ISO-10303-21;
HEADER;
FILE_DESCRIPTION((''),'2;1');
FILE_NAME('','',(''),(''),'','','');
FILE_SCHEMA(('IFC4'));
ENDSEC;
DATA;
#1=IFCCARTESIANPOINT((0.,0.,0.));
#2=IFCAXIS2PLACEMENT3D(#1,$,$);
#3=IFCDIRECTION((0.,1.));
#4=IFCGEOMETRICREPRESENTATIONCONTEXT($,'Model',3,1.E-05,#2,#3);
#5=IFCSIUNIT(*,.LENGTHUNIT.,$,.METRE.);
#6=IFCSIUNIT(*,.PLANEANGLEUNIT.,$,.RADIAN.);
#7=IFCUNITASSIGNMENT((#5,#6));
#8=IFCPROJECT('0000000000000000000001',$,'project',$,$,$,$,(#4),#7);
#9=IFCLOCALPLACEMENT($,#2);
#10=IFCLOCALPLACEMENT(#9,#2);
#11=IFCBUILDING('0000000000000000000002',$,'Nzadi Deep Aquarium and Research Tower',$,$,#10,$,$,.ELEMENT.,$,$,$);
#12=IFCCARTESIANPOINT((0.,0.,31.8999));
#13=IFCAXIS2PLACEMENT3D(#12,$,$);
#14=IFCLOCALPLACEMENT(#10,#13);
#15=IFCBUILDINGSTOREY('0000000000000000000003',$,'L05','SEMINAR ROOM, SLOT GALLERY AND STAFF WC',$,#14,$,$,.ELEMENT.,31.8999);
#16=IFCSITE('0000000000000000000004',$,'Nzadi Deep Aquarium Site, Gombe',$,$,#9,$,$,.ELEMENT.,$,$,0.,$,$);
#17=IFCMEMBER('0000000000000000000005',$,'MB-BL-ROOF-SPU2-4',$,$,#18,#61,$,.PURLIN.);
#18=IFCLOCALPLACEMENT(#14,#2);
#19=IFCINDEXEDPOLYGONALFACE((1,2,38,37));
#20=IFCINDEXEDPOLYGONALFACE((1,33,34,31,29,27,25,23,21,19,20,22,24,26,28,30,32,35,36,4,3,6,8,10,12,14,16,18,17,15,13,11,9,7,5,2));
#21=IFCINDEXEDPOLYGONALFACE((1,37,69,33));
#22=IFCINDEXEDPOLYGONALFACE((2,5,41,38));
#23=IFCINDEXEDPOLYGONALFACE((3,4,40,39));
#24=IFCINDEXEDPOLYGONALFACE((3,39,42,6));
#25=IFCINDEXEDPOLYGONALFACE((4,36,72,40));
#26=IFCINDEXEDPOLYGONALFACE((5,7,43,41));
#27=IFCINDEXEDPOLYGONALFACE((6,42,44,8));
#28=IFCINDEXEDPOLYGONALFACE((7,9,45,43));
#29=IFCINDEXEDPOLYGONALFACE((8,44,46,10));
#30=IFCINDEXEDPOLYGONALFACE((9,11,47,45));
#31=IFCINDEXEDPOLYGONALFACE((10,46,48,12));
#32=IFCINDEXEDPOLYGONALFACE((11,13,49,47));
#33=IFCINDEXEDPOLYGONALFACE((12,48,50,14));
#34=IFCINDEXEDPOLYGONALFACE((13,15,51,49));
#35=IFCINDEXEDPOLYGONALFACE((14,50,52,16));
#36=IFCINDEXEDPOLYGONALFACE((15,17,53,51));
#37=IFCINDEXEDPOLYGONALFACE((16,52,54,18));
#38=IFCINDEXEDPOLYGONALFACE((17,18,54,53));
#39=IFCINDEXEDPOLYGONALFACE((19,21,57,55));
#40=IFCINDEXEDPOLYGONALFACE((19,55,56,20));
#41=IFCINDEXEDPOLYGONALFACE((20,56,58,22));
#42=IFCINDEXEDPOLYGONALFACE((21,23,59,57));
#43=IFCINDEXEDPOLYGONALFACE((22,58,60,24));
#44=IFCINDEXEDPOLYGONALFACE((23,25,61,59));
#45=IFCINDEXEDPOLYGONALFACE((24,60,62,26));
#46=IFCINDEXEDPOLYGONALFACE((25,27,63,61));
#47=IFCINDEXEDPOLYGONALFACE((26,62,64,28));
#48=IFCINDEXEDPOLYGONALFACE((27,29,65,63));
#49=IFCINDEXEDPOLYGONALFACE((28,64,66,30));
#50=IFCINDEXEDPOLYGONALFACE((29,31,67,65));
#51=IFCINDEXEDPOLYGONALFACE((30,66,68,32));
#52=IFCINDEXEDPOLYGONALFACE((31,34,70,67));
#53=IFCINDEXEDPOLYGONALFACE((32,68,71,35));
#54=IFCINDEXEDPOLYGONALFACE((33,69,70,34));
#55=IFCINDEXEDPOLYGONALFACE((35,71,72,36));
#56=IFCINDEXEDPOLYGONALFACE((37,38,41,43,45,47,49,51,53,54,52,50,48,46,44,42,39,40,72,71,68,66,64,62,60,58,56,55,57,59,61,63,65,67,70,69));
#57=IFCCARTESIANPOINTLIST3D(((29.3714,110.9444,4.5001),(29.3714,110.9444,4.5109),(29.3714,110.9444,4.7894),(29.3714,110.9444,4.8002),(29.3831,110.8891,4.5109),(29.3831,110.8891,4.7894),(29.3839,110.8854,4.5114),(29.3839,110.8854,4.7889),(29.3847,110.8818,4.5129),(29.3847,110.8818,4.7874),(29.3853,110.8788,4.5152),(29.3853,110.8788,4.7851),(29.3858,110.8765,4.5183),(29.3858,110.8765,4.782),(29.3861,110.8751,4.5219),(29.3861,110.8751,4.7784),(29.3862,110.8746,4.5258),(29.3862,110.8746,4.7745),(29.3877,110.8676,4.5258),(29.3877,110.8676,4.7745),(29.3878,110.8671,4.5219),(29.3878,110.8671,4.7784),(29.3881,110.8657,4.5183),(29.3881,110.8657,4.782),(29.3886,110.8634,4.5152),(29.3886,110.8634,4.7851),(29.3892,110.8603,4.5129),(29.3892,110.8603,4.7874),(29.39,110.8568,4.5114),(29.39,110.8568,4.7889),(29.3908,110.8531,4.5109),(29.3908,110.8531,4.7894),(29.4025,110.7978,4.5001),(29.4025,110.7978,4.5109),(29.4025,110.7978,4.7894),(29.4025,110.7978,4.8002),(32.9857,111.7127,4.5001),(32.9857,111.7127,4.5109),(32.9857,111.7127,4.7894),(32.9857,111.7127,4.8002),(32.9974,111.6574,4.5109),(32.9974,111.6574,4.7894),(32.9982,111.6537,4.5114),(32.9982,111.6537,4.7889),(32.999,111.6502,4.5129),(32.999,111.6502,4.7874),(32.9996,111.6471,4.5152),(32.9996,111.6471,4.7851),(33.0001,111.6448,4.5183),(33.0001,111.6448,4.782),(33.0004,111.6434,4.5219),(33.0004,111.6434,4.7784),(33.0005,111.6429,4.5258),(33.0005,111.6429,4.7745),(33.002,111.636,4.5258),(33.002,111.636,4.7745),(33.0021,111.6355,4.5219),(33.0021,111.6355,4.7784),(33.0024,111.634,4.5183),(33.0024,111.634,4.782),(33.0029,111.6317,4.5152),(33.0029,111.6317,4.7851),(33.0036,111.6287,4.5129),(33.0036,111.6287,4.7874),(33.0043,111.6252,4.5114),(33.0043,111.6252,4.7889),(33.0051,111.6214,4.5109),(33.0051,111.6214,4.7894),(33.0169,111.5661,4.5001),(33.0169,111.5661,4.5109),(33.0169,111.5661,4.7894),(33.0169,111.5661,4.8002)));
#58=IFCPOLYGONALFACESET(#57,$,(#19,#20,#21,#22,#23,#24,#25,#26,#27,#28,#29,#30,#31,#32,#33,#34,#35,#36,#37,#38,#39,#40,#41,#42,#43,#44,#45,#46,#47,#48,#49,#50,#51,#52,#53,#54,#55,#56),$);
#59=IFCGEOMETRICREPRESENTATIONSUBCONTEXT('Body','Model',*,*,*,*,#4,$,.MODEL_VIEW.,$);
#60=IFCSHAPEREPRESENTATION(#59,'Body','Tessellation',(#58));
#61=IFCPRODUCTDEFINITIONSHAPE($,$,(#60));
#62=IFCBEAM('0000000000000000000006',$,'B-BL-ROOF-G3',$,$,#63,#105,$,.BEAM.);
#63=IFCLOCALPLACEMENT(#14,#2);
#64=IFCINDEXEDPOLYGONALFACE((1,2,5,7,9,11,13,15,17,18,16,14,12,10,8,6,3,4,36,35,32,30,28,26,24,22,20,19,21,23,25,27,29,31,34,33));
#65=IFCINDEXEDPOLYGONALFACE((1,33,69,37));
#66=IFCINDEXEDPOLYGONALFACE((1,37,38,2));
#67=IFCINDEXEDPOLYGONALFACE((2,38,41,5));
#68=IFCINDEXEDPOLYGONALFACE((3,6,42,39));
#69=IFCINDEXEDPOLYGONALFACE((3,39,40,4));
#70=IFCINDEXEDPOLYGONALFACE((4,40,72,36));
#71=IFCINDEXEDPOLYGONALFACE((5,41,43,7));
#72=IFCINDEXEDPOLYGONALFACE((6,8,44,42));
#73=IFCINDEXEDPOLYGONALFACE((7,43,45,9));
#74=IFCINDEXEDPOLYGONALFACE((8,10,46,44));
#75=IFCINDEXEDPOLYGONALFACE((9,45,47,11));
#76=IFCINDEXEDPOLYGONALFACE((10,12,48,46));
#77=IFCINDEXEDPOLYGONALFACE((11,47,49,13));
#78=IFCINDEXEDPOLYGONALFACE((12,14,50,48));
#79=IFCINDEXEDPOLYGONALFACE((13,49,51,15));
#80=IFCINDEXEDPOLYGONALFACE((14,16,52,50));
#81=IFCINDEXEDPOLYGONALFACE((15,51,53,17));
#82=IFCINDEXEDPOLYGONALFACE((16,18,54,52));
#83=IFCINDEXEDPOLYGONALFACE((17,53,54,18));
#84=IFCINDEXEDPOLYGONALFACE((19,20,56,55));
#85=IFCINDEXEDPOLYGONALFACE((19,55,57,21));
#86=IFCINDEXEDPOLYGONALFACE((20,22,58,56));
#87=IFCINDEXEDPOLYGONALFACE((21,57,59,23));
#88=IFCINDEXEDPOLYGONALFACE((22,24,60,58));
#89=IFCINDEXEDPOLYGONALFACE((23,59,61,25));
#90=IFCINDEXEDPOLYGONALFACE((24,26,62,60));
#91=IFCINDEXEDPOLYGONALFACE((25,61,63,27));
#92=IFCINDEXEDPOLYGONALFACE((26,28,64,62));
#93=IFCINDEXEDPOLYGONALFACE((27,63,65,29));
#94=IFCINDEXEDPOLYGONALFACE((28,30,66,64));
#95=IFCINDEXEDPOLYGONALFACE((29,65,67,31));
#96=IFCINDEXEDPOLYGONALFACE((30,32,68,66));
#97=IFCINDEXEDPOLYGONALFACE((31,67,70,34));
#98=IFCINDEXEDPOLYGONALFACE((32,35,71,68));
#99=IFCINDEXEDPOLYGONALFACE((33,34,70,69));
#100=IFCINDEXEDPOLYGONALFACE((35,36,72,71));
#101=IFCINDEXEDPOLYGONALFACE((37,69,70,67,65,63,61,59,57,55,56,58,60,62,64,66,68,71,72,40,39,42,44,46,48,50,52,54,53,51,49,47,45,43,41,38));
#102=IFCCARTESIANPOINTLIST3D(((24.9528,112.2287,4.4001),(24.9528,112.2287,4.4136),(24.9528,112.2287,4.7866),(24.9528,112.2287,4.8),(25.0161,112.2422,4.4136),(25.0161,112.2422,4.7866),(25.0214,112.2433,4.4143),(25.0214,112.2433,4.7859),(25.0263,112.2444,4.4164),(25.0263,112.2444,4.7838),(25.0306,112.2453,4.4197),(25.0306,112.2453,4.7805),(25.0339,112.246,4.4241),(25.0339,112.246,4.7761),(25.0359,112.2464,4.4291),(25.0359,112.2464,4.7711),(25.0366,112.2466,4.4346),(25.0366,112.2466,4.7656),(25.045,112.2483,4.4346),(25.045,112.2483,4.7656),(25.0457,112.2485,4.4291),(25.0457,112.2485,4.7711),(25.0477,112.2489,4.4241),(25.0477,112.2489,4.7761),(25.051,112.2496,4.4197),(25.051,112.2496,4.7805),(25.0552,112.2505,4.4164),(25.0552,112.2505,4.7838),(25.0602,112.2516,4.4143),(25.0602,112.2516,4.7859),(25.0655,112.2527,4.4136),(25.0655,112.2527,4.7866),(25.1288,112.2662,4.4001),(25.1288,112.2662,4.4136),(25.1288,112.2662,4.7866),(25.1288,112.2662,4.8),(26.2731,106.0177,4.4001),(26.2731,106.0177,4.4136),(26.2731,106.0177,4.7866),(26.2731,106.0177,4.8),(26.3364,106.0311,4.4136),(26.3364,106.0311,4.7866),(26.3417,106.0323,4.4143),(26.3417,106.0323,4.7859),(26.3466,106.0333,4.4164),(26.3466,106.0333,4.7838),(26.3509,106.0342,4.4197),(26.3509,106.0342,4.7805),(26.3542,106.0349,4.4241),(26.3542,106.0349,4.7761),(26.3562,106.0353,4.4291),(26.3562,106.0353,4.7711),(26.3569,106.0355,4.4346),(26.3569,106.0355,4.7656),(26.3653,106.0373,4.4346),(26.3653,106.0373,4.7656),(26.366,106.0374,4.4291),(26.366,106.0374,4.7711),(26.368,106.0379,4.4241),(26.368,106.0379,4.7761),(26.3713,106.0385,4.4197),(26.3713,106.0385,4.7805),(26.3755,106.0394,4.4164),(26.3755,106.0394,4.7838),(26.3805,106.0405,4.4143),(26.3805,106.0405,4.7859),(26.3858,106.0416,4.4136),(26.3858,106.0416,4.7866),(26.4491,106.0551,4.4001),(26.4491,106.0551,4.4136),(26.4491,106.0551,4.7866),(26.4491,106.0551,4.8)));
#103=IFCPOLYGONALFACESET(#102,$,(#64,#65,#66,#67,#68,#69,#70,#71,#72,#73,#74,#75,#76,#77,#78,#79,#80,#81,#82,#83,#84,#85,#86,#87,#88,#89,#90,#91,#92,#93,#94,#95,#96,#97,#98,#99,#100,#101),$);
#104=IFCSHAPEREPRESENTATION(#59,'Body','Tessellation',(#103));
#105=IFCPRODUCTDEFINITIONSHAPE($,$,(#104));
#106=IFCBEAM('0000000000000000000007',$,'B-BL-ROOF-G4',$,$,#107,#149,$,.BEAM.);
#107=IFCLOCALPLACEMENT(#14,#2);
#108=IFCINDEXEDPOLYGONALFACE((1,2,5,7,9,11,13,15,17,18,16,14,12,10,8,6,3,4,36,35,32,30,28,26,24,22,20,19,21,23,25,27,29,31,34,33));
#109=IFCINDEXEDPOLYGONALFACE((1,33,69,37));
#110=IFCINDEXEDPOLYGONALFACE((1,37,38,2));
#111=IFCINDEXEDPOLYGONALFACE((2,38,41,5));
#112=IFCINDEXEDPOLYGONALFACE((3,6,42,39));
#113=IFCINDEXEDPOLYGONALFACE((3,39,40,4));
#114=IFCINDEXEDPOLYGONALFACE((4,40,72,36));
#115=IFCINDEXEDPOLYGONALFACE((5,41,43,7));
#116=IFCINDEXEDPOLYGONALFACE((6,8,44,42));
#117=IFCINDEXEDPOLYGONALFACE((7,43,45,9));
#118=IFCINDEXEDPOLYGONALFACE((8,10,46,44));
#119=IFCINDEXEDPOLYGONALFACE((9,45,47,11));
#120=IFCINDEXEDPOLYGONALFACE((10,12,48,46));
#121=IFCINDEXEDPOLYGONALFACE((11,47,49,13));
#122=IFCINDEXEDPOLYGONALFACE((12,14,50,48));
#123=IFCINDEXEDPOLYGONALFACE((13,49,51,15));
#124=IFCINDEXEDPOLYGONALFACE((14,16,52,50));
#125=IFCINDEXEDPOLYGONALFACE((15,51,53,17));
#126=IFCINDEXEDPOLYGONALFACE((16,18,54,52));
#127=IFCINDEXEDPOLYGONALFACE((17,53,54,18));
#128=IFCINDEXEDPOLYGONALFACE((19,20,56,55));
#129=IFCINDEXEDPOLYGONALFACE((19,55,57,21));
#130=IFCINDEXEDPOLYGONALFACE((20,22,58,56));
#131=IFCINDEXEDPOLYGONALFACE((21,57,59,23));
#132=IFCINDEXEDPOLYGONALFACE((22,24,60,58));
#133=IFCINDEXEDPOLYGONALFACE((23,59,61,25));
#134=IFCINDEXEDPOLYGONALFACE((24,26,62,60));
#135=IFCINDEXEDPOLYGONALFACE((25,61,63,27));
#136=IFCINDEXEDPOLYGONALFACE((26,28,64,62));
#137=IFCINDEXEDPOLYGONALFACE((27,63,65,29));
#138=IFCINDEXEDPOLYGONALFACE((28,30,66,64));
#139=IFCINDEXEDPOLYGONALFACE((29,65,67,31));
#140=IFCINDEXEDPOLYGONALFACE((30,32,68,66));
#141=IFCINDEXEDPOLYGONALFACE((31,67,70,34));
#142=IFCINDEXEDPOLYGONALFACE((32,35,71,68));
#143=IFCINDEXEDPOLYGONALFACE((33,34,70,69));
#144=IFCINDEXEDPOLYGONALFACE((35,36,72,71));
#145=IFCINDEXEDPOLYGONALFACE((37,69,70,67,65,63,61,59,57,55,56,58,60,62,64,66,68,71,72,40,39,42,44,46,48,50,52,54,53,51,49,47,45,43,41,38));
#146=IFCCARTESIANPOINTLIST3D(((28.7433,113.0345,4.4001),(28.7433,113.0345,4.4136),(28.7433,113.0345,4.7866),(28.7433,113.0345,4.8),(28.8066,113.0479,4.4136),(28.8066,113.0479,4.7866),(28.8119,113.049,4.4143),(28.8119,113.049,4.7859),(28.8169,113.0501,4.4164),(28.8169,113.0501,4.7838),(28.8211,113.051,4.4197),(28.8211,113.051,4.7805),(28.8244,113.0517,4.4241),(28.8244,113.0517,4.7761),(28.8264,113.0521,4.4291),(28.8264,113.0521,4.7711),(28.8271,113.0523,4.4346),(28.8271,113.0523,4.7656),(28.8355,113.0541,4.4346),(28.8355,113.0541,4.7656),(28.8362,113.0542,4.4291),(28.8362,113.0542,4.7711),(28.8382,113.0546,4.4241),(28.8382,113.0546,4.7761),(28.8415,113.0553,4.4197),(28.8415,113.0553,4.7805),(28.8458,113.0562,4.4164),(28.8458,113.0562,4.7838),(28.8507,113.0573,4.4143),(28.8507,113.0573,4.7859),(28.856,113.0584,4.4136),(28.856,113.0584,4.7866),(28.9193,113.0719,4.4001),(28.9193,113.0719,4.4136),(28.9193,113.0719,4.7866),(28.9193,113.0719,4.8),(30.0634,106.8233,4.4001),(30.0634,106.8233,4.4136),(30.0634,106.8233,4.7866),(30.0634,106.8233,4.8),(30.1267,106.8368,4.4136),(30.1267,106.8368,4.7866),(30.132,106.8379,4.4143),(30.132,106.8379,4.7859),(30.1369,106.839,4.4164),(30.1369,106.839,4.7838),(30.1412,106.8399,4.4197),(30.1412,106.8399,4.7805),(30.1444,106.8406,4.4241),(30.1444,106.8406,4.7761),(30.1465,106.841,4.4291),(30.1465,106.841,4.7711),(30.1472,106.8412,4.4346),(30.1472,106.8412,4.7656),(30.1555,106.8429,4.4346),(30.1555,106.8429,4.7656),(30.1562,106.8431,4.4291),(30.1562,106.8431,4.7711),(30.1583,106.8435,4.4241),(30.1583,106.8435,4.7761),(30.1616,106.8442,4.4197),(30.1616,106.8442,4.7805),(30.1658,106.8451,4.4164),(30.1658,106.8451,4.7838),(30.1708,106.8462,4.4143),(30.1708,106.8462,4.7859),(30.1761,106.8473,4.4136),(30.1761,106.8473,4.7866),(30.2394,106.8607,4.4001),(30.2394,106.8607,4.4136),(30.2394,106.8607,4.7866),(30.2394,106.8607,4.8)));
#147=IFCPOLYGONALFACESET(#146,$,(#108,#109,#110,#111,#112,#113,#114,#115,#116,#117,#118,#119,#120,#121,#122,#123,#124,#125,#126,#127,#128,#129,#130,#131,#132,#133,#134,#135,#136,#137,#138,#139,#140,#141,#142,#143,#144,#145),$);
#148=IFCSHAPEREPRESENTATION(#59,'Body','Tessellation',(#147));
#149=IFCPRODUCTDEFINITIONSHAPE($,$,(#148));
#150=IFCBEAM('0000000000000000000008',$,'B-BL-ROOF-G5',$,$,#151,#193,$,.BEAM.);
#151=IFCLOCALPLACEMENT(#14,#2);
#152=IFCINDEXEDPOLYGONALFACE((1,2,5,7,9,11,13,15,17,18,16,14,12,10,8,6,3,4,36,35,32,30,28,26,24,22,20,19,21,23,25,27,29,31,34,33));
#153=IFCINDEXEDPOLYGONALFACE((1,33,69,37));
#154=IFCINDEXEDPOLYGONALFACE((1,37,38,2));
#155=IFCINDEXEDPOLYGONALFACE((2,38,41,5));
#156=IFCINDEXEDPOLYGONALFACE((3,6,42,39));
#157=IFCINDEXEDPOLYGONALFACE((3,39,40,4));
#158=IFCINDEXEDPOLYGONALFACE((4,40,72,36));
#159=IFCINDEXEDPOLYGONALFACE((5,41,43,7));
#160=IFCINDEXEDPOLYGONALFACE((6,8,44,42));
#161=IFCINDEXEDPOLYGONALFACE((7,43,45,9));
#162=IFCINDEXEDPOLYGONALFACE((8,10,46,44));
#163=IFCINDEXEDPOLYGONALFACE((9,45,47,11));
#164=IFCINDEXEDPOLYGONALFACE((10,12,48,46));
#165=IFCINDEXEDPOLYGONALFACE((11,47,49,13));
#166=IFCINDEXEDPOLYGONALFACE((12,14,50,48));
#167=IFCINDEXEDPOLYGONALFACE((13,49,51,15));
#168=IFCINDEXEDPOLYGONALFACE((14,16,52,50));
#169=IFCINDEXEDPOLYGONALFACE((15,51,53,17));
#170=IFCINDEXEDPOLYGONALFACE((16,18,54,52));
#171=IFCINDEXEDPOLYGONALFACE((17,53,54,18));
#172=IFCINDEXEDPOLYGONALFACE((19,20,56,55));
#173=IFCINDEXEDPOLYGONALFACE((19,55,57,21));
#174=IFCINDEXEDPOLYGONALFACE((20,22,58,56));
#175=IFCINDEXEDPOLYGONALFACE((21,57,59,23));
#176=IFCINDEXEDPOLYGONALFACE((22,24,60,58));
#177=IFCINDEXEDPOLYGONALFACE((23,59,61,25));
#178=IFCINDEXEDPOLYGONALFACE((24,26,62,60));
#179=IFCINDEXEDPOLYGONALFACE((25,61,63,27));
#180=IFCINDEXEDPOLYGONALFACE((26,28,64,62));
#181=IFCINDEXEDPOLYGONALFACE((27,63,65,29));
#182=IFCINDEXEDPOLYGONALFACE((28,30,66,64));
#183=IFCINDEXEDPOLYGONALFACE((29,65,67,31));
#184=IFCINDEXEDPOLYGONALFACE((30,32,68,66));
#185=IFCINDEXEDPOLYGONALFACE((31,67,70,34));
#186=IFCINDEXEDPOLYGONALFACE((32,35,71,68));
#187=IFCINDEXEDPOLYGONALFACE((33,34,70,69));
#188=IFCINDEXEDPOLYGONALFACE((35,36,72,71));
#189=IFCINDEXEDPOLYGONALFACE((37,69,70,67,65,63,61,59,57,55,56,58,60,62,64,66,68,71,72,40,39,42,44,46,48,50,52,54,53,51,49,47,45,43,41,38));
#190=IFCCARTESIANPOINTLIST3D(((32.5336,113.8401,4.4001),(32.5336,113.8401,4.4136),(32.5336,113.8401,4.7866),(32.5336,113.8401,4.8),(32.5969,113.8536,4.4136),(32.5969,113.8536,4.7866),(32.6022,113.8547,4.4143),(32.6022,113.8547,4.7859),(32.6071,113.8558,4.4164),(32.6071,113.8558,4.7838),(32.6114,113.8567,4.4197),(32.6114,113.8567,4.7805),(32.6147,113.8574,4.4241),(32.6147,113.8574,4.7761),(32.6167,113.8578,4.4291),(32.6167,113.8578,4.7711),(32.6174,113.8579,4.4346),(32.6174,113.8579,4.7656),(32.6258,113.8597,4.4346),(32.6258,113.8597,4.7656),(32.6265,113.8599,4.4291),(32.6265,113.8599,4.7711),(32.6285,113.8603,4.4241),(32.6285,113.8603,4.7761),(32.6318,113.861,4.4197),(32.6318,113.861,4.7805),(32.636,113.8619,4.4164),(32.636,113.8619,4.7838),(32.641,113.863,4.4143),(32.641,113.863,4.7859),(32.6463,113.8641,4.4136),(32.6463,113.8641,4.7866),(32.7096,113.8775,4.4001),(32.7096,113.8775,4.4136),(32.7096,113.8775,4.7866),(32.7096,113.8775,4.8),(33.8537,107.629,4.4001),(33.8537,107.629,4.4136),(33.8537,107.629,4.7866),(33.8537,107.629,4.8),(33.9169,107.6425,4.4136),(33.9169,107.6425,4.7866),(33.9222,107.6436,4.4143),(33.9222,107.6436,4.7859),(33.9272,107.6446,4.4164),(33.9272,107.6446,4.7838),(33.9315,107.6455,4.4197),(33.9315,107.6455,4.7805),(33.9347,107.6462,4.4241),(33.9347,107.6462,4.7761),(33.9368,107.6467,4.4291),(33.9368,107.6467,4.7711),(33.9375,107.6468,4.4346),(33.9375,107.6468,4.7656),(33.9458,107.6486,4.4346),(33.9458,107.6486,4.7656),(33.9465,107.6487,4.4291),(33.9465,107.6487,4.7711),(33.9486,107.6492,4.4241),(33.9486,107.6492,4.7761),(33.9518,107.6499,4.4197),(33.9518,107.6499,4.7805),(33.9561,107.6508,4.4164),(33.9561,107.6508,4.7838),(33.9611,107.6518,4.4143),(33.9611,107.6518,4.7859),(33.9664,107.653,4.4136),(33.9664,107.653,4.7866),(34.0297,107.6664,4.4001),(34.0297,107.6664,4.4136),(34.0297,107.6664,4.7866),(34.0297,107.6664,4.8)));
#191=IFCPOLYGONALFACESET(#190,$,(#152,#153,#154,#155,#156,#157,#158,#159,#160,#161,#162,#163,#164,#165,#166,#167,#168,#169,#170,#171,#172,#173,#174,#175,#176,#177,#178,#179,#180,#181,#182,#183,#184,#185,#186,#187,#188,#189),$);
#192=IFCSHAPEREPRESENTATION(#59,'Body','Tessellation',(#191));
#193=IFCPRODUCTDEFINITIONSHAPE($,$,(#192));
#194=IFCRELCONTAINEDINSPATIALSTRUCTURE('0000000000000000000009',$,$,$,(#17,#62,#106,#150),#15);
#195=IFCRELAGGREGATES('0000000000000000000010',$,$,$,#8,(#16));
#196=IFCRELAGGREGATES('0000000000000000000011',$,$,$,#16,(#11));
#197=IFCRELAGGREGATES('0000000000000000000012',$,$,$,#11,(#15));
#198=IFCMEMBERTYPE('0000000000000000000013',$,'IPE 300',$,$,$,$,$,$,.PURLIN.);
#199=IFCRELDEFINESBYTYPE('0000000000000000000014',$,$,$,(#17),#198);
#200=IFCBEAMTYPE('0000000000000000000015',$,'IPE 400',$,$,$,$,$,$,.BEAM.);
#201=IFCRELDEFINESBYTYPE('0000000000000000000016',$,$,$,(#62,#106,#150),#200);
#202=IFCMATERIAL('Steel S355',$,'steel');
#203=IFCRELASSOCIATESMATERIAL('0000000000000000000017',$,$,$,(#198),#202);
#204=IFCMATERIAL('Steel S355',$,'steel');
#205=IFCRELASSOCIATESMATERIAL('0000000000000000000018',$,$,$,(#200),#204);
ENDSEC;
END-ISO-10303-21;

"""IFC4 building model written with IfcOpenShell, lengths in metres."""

from ifc_helpers import new_model, si_unit, direction, frame, origin, origin_2d, place, context, subcontext, project, spatial, i_section, extrude, material, material_profile, profile_set, type_object, element, save


model = new_model("IFC4")

# Units and contexts
model_context = context("Model", 3, precision=1e-05, world=origin(), true_north=direction((0.0, 1.0)))
body_context = subcontext(model_context, "Body", "Model", "MODEL_VIEW")
ifc_project = project(units=[si_unit("LENGTHUNIT", "METRE"), si_unit("PLANEANGLEUNIT", "RADIAN")], contexts=[model_context])

# Site, building, storey
site_placement = place(None, origin())
site = spatial("IfcSite", under=ifc_project, at=site_placement, Name="Nzadi Deep Aquarium Site, Gombe", CompositionType="ELEMENT", RefElevation=0.0)
building_placement = place(site_placement, origin())
building = spatial("IfcBuilding", under=site, at=building_placement, Name="Nzadi Deep Aquarium and Research Tower", CompositionType="ELEMENT")
storey_placement = place(building_placement, frame((0.0, 0.0, 31.8999)))
storey = spatial("IfcBuildingStorey", under=building, at=storey_placement, Name="L05", Description="SEMINAR ROOM, SLOT GALLERY AND STAFF WC", CompositionType="ELEMENT", Elevation=31.8999)

# Member
ifc_material_1 = material(Name="Steel S355", Category="steel")
ifc_material_profile_1 = material_profile(ifc_material_1, i_section(OverallWidth=0.1499, OverallDepth=0.3, WebThickness=0.0071, FlangeThickness=0.0107, FilletRadius=0.0149, at=origin_2d()))
ifc_profile_set_1 = profile_set([ifc_material_profile_1], Name="Steel S355")
member_type_1 = type_object("IfcMemberType", Name="IPE 300", PredefinedType="PURLIN", material=ifc_profile_set_1)
for number, where, z_axis, x_axis, name in (
    (1, (29.387, 110.8711, 4.6501), (0.978143, 0.207931, 0.0), (-0.207931, 0.978143, 0.0), "MB-BL-ROOF-SPU2-4"),
):
    element("IfcMember", number, at=place(storey_placement, frame(where, z_axis=z_axis, x_axis=x_axis)), inside=storey, type_object=member_type_1, Name=name, PredefinedType="PURLIN", context=body_context, shape_type="SweptSolid", body=[
        extrude(i_section(OverallWidth=0.1499, OverallDepth=0.3, WebThickness=0.0071, FlangeThickness=0.0107, FilletRadius=0.0149, at=origin_2d()), origin(), (0.0, 0.0, 1.0), 3.6951),
    ])

# Beams
ifc_material_2 = material(Name="Steel S355", Category="steel")
ifc_material_profile_2 = material_profile(ifc_material_2, i_section(OverallWidth=0.1799, OverallDepth=0.3999, WebThickness=0.0085, FlangeThickness=0.0134, FilletRadius=0.021, at=origin_2d()))
ifc_profile_set_2 = profile_set([ifc_material_profile_2], Name="Steel S355")
beam_type = type_object("IfcBeamType", Name="IPE 400", PredefinedType="BEAM", material=ifc_profile_set_2)
for number, where, z_axis, x_axis, name in (
    (2, (26.3611, 106.0364, 4.6001), (-0.207925, 0.978145, 0.0), (-0.978145, -0.207925, 0.0), "B-BL-ROOF-G3"),
    (3, (30.1514, 106.842, 4.6001), (-0.207888, 0.978153, 0.0), (-0.978153, -0.207888, 0.0), "B-BL-ROOF-G4"),
    (4, (33.9417, 107.6477, 4.6001), (-0.207888, 0.978153, 0.0), (-0.978153, -0.207888, 0.0), "B-BL-ROOF-G5"),
):
    element("IfcBeam", number, at=place(storey_placement, frame(where, z_axis=z_axis, x_axis=x_axis)), inside=storey, type_object=beam_type, Name=name, PredefinedType="BEAM", context=body_context, shape_type="SweptSolid", body=[
        extrude(i_section(OverallWidth=0.1799, OverallDepth=0.3999, WebThickness=0.0085, FlangeThickness=0.0134, FilletRadius=0.021, at=origin_2d()), origin(), (0.0, 0.0, 1.0), 6.3499),
    ])

save(model, "model.ifc")
